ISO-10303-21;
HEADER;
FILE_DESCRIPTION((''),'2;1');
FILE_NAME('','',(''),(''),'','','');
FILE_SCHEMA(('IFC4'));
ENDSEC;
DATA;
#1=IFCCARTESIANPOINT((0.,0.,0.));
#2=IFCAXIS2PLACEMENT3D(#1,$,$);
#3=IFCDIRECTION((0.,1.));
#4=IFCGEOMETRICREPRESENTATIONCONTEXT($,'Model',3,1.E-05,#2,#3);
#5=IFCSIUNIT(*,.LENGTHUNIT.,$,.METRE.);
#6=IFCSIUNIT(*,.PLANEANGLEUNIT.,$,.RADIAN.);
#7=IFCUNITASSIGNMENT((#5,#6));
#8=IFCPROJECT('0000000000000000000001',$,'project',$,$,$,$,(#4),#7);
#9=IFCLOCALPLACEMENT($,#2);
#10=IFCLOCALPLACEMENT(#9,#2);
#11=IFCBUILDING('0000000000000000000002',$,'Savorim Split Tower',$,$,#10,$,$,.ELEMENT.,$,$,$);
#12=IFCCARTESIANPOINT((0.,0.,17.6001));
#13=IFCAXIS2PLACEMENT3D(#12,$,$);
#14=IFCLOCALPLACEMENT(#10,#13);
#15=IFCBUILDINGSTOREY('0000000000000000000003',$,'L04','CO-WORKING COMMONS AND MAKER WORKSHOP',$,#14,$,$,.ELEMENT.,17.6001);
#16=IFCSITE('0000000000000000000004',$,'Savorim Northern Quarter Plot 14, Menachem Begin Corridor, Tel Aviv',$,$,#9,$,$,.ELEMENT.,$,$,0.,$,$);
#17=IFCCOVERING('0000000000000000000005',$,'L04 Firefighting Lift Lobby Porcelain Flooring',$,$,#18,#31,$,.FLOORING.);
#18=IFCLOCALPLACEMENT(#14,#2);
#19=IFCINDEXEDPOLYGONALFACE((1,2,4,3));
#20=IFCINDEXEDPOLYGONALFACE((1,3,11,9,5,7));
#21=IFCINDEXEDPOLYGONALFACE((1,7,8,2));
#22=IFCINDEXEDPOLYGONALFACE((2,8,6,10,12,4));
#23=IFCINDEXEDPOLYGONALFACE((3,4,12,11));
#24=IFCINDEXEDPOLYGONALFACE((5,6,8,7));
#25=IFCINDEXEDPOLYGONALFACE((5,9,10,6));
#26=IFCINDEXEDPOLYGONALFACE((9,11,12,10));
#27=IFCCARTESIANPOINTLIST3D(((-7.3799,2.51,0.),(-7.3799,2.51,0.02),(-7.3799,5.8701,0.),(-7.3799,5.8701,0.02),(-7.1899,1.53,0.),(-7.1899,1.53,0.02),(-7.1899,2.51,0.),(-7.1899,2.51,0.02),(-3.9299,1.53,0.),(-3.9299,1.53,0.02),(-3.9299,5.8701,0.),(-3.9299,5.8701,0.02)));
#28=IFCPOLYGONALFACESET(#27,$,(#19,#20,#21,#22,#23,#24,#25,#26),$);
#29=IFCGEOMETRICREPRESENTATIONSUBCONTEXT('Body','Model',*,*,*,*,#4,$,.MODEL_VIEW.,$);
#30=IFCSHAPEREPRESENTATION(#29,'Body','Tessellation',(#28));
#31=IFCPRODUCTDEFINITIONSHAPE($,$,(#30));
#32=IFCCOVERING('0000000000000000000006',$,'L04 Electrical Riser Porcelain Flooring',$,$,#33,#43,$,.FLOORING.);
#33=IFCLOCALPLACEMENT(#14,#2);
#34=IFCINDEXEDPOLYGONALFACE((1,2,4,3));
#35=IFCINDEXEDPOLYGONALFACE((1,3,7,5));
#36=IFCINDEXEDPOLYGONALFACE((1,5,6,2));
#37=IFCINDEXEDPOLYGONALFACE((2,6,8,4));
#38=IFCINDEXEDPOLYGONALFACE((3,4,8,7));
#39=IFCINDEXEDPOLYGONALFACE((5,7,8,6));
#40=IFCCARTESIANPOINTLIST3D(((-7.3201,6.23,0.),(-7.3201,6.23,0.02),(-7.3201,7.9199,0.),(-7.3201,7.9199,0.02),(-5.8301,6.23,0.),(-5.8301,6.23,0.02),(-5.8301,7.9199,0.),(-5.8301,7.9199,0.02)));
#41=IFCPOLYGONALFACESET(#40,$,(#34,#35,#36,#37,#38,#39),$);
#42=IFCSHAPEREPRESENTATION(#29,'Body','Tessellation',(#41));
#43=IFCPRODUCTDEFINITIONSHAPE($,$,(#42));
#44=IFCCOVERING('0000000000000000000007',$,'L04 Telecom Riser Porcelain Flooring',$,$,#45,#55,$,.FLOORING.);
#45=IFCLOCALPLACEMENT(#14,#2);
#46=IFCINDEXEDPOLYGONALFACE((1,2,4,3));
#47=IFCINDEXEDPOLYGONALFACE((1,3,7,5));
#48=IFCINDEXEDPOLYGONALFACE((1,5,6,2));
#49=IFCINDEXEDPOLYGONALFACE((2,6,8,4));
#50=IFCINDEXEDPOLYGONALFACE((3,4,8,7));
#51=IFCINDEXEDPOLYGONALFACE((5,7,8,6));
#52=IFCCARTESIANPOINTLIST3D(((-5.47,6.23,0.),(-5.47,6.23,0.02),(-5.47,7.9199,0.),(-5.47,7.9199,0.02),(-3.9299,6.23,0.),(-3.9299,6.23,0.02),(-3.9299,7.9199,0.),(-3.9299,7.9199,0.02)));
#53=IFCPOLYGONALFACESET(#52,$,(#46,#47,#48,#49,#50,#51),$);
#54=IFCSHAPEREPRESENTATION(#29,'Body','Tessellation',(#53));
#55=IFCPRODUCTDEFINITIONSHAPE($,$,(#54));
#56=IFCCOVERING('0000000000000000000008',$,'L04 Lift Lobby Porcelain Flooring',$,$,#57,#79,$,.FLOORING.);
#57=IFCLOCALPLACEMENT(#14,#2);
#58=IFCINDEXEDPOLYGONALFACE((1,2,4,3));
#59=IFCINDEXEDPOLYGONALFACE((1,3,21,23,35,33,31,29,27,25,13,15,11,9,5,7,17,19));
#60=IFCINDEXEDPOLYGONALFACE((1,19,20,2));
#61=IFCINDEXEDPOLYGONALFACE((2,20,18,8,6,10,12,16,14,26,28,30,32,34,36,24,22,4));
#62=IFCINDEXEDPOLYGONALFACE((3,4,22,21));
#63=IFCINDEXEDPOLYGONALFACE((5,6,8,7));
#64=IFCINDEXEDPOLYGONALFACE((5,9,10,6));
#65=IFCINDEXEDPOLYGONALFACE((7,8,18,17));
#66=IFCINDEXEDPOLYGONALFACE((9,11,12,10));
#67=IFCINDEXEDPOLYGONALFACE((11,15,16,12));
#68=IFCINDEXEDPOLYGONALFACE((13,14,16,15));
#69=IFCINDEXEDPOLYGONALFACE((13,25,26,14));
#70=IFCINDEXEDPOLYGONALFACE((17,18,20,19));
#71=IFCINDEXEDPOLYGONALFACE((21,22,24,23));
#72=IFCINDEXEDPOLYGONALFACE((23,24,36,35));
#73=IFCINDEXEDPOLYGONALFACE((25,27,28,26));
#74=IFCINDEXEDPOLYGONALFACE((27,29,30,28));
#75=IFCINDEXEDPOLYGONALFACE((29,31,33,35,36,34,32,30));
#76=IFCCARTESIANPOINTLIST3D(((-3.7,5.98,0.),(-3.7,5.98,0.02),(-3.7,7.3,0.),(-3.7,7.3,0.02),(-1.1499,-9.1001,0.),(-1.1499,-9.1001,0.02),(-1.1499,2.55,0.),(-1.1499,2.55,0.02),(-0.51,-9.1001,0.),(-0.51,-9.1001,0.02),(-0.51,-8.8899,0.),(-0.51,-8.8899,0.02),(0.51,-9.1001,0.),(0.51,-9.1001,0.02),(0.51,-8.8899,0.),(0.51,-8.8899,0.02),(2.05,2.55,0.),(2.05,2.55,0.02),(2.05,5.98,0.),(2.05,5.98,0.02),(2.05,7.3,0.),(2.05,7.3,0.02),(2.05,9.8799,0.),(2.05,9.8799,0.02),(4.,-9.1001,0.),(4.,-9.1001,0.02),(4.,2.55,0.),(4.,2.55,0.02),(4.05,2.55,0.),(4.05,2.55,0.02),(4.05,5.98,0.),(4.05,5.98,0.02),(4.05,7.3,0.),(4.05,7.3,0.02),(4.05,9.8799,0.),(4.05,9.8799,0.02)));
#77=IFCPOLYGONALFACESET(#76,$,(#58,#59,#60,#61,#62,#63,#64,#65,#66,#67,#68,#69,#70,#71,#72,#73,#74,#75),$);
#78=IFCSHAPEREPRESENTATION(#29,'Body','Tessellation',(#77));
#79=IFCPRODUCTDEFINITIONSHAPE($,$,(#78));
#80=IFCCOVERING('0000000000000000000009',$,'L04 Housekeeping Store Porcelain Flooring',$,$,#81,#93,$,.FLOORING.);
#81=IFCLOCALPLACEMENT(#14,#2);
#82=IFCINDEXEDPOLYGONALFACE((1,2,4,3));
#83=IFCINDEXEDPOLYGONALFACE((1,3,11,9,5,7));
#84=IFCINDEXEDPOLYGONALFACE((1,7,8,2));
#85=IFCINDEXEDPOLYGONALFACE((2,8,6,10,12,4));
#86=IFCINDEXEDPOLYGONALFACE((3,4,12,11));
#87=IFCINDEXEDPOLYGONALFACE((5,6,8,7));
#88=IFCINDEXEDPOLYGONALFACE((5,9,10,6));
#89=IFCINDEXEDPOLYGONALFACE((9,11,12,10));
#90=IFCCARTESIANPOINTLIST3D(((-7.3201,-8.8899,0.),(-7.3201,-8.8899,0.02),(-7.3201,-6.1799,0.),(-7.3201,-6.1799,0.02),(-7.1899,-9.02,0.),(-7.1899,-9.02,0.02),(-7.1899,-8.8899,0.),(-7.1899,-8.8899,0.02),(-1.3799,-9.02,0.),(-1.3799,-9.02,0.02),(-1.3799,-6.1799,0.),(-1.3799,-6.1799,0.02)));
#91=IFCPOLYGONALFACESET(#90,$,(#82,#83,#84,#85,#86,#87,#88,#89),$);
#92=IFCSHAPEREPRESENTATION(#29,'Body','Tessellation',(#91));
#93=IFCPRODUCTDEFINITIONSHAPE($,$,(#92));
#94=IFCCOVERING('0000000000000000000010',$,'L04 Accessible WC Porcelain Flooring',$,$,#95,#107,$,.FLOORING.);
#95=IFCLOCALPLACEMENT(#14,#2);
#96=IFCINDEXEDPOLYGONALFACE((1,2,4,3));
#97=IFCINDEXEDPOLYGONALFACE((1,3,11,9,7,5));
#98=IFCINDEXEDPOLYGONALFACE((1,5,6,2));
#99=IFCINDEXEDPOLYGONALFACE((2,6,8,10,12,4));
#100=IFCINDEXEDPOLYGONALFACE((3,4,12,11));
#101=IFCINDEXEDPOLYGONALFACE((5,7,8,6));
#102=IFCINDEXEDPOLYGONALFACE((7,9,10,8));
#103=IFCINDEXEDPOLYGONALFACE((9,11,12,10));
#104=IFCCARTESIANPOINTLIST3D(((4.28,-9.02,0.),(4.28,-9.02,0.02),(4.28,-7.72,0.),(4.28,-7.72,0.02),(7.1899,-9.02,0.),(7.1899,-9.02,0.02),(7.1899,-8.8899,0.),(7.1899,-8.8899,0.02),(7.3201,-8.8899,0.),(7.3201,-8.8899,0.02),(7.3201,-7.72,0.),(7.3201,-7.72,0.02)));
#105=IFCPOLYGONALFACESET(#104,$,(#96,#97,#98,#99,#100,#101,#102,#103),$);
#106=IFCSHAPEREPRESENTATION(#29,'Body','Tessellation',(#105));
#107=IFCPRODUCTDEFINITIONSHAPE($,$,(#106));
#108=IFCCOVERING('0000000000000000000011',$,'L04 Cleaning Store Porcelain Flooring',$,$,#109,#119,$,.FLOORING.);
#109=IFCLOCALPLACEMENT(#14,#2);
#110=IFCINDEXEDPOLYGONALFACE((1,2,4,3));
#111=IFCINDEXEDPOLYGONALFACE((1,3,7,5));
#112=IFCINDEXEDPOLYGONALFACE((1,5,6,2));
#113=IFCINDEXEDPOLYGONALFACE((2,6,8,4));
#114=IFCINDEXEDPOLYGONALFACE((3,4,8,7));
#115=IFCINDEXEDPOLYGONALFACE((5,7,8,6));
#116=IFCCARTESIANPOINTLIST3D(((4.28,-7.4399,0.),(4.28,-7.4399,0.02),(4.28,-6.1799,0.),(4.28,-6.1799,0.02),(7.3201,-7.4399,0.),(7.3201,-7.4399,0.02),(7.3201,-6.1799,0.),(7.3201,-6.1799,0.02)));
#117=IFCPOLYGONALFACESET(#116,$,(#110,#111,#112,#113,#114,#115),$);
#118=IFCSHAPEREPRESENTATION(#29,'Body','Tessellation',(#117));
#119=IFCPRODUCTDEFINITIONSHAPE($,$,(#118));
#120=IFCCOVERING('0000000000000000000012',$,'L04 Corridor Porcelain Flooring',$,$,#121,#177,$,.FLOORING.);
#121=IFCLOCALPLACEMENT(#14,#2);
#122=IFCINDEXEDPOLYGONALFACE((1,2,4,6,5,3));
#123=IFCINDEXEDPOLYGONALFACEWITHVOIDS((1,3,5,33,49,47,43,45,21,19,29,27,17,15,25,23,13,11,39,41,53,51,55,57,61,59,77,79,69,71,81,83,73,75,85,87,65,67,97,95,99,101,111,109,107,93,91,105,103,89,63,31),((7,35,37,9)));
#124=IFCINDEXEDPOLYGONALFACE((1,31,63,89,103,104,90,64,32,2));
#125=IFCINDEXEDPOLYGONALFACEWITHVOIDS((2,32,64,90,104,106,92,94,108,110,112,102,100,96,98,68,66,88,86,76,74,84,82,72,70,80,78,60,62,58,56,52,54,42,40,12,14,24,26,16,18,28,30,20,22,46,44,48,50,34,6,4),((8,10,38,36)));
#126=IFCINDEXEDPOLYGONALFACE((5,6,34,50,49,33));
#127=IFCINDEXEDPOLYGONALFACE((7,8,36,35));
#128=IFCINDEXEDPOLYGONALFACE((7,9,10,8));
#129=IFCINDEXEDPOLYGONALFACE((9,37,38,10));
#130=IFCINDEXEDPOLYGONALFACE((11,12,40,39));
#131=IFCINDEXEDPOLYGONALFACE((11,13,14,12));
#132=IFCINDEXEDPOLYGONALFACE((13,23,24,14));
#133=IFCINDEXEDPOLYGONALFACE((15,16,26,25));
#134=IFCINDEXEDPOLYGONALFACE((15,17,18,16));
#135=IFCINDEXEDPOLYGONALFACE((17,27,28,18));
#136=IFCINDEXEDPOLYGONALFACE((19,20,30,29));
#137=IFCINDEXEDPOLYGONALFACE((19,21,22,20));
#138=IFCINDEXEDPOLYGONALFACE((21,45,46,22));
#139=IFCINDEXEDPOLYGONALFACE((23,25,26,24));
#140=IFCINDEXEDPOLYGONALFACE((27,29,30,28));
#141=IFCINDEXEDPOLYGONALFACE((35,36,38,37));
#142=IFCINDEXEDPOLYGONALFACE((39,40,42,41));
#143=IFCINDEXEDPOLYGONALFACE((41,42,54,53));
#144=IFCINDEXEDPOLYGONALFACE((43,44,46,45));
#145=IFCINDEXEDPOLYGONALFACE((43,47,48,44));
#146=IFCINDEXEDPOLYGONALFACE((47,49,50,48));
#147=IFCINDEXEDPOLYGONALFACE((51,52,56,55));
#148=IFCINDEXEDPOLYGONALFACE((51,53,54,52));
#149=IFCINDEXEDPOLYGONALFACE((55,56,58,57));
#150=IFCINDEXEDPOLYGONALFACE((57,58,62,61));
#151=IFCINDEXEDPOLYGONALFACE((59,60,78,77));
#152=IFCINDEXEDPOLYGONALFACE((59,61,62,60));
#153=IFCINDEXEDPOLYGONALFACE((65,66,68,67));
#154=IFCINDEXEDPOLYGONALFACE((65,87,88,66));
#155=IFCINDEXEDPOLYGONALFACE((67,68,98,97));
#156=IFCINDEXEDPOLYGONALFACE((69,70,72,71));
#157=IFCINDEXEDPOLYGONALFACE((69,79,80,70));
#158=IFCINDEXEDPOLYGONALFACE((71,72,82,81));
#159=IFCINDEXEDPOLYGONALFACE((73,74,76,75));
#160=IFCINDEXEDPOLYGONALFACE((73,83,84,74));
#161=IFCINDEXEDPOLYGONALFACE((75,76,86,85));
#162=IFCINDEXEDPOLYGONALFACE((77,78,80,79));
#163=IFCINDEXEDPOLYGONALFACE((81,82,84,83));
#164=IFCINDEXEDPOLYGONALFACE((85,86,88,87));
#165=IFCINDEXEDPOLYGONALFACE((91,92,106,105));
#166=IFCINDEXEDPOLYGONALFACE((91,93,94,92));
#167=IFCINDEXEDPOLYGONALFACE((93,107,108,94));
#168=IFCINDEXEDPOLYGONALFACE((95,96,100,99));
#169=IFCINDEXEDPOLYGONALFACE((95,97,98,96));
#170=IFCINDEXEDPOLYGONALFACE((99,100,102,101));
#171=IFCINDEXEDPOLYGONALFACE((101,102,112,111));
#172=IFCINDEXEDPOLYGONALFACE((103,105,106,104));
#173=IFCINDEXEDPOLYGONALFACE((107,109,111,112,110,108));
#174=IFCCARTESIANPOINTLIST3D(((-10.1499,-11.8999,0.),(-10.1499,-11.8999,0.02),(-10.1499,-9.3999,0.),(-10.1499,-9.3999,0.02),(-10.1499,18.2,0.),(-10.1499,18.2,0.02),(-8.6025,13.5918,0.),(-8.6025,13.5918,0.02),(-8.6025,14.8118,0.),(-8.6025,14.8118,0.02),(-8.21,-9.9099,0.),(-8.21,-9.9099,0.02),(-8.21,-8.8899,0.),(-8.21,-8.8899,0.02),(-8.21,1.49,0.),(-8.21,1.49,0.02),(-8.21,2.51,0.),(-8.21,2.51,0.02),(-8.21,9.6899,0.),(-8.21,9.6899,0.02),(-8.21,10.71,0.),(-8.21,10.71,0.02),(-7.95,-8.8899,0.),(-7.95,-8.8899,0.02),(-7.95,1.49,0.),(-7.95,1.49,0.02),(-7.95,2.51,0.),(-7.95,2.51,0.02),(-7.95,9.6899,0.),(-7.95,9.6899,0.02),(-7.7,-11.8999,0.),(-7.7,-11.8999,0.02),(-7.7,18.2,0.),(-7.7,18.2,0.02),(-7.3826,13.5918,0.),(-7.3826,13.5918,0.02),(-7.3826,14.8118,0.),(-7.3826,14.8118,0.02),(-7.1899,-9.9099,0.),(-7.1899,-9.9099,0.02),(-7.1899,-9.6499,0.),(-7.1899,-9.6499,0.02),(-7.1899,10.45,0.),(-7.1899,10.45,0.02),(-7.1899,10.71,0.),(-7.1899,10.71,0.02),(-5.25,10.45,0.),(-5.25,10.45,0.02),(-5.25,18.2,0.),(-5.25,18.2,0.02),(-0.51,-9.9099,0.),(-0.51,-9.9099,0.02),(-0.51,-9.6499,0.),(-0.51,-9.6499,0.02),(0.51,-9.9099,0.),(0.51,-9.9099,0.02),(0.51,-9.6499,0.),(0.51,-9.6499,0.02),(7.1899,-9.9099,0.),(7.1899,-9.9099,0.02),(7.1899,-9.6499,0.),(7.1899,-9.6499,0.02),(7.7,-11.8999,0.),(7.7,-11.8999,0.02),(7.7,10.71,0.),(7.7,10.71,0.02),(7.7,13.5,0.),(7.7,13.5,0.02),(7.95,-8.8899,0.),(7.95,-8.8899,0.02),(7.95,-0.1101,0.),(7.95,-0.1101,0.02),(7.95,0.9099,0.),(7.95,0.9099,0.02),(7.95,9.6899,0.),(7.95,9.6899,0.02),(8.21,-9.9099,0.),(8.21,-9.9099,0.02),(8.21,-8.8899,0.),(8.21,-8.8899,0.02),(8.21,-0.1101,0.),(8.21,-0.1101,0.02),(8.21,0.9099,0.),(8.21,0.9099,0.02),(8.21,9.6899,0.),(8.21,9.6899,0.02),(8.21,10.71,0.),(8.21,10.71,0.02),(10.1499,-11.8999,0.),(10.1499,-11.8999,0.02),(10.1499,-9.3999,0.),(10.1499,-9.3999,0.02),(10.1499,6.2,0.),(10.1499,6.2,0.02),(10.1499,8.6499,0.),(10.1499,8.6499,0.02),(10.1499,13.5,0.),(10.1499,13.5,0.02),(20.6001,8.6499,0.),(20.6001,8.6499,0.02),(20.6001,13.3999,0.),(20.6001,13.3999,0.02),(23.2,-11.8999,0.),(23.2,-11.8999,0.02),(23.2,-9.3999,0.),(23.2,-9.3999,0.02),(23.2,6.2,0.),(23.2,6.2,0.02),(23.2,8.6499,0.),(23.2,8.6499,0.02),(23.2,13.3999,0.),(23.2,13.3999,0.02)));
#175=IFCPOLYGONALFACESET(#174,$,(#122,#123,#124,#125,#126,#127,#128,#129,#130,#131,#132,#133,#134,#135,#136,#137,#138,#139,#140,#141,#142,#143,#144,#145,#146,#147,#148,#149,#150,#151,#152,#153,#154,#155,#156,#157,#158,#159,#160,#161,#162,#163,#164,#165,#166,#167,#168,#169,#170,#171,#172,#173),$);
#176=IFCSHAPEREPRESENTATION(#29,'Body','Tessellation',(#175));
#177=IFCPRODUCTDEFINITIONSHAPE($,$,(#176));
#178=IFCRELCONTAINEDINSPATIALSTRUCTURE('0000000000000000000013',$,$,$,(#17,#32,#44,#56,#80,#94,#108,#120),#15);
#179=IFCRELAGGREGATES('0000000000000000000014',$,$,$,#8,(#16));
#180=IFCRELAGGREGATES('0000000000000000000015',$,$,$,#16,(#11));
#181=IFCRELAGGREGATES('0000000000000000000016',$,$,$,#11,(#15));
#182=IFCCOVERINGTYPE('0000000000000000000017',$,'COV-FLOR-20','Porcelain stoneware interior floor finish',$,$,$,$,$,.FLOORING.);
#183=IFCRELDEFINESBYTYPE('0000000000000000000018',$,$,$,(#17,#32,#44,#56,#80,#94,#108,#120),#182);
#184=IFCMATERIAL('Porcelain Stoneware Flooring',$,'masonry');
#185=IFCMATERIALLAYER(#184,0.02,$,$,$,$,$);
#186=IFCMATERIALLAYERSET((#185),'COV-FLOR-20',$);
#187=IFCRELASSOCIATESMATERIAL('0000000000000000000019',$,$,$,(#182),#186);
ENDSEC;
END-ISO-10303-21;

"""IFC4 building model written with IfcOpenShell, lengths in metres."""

from ifc_helpers import new_model, si_unit, direction, frame, origin, place, context, subcontext, project, spatial, polyline, outline, extrude, material, layer, layer_set, type_object, element, save


model = new_model("IFC4")

# Units and contexts
model_context = context("Model", 3, precision=1e-05, world=origin(), true_north=direction((0.0, 1.0)))
body_context = subcontext(model_context, "Body", "Model", "MODEL_VIEW")
ifc_project = project(units=[si_unit("LENGTHUNIT", "METRE"), si_unit("PLANEANGLEUNIT", "RADIAN")], contexts=[model_context])

# Site, building, storey
site_placement = place(None, origin())
site = spatial("IfcSite", under=ifc_project, at=site_placement, Name="Savorim Northern Quarter Plot 14, Menachem Begin Corridor, Tel Aviv", CompositionType="ELEMENT", RefElevation=0.0)
building_placement = place(site_placement, origin())
building = spatial("IfcBuilding", under=site, at=building_placement, Name="Savorim Split Tower", CompositionType="ELEMENT")
storey_placement = place(building_placement, frame((0.0, 0.0, 17.6001)))
storey = spatial("IfcBuildingStorey", under=building, at=storey_placement, Name="L04", Description="CO-WORKING COMMONS AND MAKER WORKSHOP", CompositionType="ELEMENT", Elevation=17.6001)

# Coverings
ifc_material_1 = material(Name="Porcelain Stoneware Flooring", Category="masonry")
ifc_layer_1 = layer(ifc_material_1, 0.02)
ifc_layer_set_1 = layer_set([ifc_layer_1], Name="COV-FLOR-20")
covering_type_1 = type_object("IfcCoveringType", Name="COV-FLOR-20", Description="Porcelain stoneware interior floor finish", PredefinedType="FLOORING", material=ifc_layer_set_1)
covering_1_placement = place(storey_placement, origin())
element("IfcCovering", 1, at=covering_1_placement, inside=storey, type_object=covering_type_1, Name="L04 Firefighting Lift Lobby Porcelain Flooring", PredefinedType="FLOORING", context=body_context, shape_type="SweptSolid", body=[
    extrude(outline(polyline([(-3.9299, 5.8701), (-7.3799, 5.8701), (-7.3799, 2.51), (-7.1899, 2.51), (-7.1899, 1.53), (-3.9299, 1.53), (-3.9299, 5.8701)])), origin(), (0.0, 0.0, 1.0), 0.02),
])
covering_2_placement = place(storey_placement, origin())
element("IfcCovering", 2, at=covering_2_placement, inside=storey, type_object=covering_type_1, Name="L04 Electrical Riser Porcelain Flooring", PredefinedType="FLOORING", context=body_context, shape_type="SweptSolid", body=[
    extrude(outline(polyline([(-7.3201, 7.9199), (-7.3201, 6.23), (-5.8301, 6.23), (-5.8301, 7.9199), (-7.3201, 7.9199)])), origin(), (0.0, 0.0, 1.0), 0.02),
])
covering_3_placement = place(storey_placement, origin())
element("IfcCovering", 3, at=covering_3_placement, inside=storey, type_object=covering_type_1, Name="L04 Telecom Riser Porcelain Flooring", PredefinedType="FLOORING", context=body_context, shape_type="SweptSolid", body=[
    extrude(outline(polyline([(-5.47, 7.9199), (-5.47, 6.23), (-3.9299, 6.23), (-3.9299, 7.9199), (-5.47, 7.9199)])), origin(), (0.0, 0.0, 1.0), 0.02),
])
covering_4_placement = place(storey_placement, origin())
element("IfcCovering", 4, at=covering_4_placement, inside=storey, type_object=covering_type_1, Name="L04 Lift Lobby Porcelain Flooring", PredefinedType="FLOORING", context=body_context, shape_type="SweptSolid", body=[
    extrude(outline(polyline([(2.05, 2.55), (-1.1499, 2.55), (-1.1499, -9.1001), (-0.51, -9.1001), (-0.51, -8.8899), (0.51, -8.8899), (0.51, -9.1001), (4.0, -9.1001), (4.0, 2.55), (4.05, 2.55), (4.05, 5.98), (4.05, 7.3), (4.05, 9.8799), (2.05, 9.8799), (2.05, 7.3), (-3.7, 7.3), (-3.7, 5.98), (2.05, 5.98), (2.05, 2.55)])), origin(), (0.0, 0.0, 1.0), 0.02),
])
covering_5_placement = place(storey_placement, origin())
element("IfcCovering", 5, at=covering_5_placement, inside=storey, type_object=covering_type_1, Name="L04 Housekeeping Store Porcelain Flooring", PredefinedType="FLOORING", context=body_context, shape_type="SweptSolid", body=[
    extrude(outline(polyline([(-1.3799, -6.1799), (-7.3201, -6.1799), (-7.3201, -8.8899), (-7.1899, -8.8899), (-7.1899, -9.02), (-1.3799, -9.02), (-1.3799, -6.1799)])), origin(), (0.0, 0.0, 1.0), 0.02),
])
covering_6_placement = place(storey_placement, origin())
element("IfcCovering", 6, at=covering_6_placement, inside=storey, type_object=covering_type_1, Name="L04 Accessible WC Porcelain Flooring", PredefinedType="FLOORING", context=body_context, shape_type="SweptSolid", body=[
    extrude(outline(polyline([(4.28, -7.72), (4.28, -9.02), (7.1899, -9.02), (7.1899, -8.8899), (7.3201, -8.8899), (7.3201, -7.72), (4.28, -7.72)])), origin(), (0.0, 0.0, 1.0), 0.02),
])
covering_7_placement = place(storey_placement, origin())
element("IfcCovering", 7, at=covering_7_placement, inside=storey, type_object=covering_type_1, Name="L04 Cleaning Store Porcelain Flooring", PredefinedType="FLOORING", context=body_context, shape_type="SweptSolid", body=[
    extrude(outline(polyline([(4.28, -6.1799), (4.28, -7.4399), (7.3201, -7.4399), (7.3201, -6.1799), (4.28, -6.1799)])), origin(), (0.0, 0.0, 1.0), 0.02),
])
covering_8_placement = place(storey_placement, origin())
element("IfcCovering", 8, at=covering_8_placement, inside=storey, type_object=covering_type_1, Name="L04 Corridor Porcelain Flooring", PredefinedType="FLOORING", context=body_context, shape_type="SweptSolid", body=[
    extrude(outline(polyline([(-7.7, 18.2), (-10.1499, 18.2), (-10.1499, -9.3999), (-10.1499, -11.8999), (-7.7, -11.8999), (7.7, -11.8999), (10.1499, -11.8999), (23.2, -11.8999), (23.2, -9.3999), (10.1499, -9.3999), (10.1499, 6.2), (23.2, 6.2), (23.2, 8.6499), (23.2, 13.3999), (20.6001, 13.3999), (20.6001, 8.6499), (10.1499, 8.6499), (10.1499, 13.5), (7.7, 13.5), (7.7, 10.71), (8.21, 10.71), (8.21, 9.6899), (7.95, 9.6899), (7.95, 0.9099), (8.21, 0.9099), (8.21, -0.1101), (7.95, -0.1101), (7.95, -8.8899), (8.21, -8.8899), (8.21, -9.9099), (7.1899, -9.9099), (7.1899, -9.6499), (0.51, -9.6499), (0.51, -9.9099), (-0.51, -9.9099), (-0.51, -9.6499), (-7.1899, -9.6499), (-7.1899, -9.9099), (-8.21, -9.9099), (-8.21, -8.8899), (-7.95, -8.8899), (-7.95, 1.49), (-8.21, 1.49), (-8.21, 2.51), (-7.95, 2.51), (-7.95, 9.6899), (-8.21, 9.6899), (-8.21, 10.71), (-7.1899, 10.71), (-7.1899, 10.45), (-5.25, 10.45), (-5.25, 18.2), (-7.7, 18.2)]), holes=[polyline([(-8.6025, 13.5918), (-7.3826, 13.5918), (-7.3826, 14.8118), (-8.6025, 14.8118), (-8.6025, 13.5918)])]), origin(), (0.0, 0.0, 1.0), 0.02),
])

save(model, "model.ifc")
